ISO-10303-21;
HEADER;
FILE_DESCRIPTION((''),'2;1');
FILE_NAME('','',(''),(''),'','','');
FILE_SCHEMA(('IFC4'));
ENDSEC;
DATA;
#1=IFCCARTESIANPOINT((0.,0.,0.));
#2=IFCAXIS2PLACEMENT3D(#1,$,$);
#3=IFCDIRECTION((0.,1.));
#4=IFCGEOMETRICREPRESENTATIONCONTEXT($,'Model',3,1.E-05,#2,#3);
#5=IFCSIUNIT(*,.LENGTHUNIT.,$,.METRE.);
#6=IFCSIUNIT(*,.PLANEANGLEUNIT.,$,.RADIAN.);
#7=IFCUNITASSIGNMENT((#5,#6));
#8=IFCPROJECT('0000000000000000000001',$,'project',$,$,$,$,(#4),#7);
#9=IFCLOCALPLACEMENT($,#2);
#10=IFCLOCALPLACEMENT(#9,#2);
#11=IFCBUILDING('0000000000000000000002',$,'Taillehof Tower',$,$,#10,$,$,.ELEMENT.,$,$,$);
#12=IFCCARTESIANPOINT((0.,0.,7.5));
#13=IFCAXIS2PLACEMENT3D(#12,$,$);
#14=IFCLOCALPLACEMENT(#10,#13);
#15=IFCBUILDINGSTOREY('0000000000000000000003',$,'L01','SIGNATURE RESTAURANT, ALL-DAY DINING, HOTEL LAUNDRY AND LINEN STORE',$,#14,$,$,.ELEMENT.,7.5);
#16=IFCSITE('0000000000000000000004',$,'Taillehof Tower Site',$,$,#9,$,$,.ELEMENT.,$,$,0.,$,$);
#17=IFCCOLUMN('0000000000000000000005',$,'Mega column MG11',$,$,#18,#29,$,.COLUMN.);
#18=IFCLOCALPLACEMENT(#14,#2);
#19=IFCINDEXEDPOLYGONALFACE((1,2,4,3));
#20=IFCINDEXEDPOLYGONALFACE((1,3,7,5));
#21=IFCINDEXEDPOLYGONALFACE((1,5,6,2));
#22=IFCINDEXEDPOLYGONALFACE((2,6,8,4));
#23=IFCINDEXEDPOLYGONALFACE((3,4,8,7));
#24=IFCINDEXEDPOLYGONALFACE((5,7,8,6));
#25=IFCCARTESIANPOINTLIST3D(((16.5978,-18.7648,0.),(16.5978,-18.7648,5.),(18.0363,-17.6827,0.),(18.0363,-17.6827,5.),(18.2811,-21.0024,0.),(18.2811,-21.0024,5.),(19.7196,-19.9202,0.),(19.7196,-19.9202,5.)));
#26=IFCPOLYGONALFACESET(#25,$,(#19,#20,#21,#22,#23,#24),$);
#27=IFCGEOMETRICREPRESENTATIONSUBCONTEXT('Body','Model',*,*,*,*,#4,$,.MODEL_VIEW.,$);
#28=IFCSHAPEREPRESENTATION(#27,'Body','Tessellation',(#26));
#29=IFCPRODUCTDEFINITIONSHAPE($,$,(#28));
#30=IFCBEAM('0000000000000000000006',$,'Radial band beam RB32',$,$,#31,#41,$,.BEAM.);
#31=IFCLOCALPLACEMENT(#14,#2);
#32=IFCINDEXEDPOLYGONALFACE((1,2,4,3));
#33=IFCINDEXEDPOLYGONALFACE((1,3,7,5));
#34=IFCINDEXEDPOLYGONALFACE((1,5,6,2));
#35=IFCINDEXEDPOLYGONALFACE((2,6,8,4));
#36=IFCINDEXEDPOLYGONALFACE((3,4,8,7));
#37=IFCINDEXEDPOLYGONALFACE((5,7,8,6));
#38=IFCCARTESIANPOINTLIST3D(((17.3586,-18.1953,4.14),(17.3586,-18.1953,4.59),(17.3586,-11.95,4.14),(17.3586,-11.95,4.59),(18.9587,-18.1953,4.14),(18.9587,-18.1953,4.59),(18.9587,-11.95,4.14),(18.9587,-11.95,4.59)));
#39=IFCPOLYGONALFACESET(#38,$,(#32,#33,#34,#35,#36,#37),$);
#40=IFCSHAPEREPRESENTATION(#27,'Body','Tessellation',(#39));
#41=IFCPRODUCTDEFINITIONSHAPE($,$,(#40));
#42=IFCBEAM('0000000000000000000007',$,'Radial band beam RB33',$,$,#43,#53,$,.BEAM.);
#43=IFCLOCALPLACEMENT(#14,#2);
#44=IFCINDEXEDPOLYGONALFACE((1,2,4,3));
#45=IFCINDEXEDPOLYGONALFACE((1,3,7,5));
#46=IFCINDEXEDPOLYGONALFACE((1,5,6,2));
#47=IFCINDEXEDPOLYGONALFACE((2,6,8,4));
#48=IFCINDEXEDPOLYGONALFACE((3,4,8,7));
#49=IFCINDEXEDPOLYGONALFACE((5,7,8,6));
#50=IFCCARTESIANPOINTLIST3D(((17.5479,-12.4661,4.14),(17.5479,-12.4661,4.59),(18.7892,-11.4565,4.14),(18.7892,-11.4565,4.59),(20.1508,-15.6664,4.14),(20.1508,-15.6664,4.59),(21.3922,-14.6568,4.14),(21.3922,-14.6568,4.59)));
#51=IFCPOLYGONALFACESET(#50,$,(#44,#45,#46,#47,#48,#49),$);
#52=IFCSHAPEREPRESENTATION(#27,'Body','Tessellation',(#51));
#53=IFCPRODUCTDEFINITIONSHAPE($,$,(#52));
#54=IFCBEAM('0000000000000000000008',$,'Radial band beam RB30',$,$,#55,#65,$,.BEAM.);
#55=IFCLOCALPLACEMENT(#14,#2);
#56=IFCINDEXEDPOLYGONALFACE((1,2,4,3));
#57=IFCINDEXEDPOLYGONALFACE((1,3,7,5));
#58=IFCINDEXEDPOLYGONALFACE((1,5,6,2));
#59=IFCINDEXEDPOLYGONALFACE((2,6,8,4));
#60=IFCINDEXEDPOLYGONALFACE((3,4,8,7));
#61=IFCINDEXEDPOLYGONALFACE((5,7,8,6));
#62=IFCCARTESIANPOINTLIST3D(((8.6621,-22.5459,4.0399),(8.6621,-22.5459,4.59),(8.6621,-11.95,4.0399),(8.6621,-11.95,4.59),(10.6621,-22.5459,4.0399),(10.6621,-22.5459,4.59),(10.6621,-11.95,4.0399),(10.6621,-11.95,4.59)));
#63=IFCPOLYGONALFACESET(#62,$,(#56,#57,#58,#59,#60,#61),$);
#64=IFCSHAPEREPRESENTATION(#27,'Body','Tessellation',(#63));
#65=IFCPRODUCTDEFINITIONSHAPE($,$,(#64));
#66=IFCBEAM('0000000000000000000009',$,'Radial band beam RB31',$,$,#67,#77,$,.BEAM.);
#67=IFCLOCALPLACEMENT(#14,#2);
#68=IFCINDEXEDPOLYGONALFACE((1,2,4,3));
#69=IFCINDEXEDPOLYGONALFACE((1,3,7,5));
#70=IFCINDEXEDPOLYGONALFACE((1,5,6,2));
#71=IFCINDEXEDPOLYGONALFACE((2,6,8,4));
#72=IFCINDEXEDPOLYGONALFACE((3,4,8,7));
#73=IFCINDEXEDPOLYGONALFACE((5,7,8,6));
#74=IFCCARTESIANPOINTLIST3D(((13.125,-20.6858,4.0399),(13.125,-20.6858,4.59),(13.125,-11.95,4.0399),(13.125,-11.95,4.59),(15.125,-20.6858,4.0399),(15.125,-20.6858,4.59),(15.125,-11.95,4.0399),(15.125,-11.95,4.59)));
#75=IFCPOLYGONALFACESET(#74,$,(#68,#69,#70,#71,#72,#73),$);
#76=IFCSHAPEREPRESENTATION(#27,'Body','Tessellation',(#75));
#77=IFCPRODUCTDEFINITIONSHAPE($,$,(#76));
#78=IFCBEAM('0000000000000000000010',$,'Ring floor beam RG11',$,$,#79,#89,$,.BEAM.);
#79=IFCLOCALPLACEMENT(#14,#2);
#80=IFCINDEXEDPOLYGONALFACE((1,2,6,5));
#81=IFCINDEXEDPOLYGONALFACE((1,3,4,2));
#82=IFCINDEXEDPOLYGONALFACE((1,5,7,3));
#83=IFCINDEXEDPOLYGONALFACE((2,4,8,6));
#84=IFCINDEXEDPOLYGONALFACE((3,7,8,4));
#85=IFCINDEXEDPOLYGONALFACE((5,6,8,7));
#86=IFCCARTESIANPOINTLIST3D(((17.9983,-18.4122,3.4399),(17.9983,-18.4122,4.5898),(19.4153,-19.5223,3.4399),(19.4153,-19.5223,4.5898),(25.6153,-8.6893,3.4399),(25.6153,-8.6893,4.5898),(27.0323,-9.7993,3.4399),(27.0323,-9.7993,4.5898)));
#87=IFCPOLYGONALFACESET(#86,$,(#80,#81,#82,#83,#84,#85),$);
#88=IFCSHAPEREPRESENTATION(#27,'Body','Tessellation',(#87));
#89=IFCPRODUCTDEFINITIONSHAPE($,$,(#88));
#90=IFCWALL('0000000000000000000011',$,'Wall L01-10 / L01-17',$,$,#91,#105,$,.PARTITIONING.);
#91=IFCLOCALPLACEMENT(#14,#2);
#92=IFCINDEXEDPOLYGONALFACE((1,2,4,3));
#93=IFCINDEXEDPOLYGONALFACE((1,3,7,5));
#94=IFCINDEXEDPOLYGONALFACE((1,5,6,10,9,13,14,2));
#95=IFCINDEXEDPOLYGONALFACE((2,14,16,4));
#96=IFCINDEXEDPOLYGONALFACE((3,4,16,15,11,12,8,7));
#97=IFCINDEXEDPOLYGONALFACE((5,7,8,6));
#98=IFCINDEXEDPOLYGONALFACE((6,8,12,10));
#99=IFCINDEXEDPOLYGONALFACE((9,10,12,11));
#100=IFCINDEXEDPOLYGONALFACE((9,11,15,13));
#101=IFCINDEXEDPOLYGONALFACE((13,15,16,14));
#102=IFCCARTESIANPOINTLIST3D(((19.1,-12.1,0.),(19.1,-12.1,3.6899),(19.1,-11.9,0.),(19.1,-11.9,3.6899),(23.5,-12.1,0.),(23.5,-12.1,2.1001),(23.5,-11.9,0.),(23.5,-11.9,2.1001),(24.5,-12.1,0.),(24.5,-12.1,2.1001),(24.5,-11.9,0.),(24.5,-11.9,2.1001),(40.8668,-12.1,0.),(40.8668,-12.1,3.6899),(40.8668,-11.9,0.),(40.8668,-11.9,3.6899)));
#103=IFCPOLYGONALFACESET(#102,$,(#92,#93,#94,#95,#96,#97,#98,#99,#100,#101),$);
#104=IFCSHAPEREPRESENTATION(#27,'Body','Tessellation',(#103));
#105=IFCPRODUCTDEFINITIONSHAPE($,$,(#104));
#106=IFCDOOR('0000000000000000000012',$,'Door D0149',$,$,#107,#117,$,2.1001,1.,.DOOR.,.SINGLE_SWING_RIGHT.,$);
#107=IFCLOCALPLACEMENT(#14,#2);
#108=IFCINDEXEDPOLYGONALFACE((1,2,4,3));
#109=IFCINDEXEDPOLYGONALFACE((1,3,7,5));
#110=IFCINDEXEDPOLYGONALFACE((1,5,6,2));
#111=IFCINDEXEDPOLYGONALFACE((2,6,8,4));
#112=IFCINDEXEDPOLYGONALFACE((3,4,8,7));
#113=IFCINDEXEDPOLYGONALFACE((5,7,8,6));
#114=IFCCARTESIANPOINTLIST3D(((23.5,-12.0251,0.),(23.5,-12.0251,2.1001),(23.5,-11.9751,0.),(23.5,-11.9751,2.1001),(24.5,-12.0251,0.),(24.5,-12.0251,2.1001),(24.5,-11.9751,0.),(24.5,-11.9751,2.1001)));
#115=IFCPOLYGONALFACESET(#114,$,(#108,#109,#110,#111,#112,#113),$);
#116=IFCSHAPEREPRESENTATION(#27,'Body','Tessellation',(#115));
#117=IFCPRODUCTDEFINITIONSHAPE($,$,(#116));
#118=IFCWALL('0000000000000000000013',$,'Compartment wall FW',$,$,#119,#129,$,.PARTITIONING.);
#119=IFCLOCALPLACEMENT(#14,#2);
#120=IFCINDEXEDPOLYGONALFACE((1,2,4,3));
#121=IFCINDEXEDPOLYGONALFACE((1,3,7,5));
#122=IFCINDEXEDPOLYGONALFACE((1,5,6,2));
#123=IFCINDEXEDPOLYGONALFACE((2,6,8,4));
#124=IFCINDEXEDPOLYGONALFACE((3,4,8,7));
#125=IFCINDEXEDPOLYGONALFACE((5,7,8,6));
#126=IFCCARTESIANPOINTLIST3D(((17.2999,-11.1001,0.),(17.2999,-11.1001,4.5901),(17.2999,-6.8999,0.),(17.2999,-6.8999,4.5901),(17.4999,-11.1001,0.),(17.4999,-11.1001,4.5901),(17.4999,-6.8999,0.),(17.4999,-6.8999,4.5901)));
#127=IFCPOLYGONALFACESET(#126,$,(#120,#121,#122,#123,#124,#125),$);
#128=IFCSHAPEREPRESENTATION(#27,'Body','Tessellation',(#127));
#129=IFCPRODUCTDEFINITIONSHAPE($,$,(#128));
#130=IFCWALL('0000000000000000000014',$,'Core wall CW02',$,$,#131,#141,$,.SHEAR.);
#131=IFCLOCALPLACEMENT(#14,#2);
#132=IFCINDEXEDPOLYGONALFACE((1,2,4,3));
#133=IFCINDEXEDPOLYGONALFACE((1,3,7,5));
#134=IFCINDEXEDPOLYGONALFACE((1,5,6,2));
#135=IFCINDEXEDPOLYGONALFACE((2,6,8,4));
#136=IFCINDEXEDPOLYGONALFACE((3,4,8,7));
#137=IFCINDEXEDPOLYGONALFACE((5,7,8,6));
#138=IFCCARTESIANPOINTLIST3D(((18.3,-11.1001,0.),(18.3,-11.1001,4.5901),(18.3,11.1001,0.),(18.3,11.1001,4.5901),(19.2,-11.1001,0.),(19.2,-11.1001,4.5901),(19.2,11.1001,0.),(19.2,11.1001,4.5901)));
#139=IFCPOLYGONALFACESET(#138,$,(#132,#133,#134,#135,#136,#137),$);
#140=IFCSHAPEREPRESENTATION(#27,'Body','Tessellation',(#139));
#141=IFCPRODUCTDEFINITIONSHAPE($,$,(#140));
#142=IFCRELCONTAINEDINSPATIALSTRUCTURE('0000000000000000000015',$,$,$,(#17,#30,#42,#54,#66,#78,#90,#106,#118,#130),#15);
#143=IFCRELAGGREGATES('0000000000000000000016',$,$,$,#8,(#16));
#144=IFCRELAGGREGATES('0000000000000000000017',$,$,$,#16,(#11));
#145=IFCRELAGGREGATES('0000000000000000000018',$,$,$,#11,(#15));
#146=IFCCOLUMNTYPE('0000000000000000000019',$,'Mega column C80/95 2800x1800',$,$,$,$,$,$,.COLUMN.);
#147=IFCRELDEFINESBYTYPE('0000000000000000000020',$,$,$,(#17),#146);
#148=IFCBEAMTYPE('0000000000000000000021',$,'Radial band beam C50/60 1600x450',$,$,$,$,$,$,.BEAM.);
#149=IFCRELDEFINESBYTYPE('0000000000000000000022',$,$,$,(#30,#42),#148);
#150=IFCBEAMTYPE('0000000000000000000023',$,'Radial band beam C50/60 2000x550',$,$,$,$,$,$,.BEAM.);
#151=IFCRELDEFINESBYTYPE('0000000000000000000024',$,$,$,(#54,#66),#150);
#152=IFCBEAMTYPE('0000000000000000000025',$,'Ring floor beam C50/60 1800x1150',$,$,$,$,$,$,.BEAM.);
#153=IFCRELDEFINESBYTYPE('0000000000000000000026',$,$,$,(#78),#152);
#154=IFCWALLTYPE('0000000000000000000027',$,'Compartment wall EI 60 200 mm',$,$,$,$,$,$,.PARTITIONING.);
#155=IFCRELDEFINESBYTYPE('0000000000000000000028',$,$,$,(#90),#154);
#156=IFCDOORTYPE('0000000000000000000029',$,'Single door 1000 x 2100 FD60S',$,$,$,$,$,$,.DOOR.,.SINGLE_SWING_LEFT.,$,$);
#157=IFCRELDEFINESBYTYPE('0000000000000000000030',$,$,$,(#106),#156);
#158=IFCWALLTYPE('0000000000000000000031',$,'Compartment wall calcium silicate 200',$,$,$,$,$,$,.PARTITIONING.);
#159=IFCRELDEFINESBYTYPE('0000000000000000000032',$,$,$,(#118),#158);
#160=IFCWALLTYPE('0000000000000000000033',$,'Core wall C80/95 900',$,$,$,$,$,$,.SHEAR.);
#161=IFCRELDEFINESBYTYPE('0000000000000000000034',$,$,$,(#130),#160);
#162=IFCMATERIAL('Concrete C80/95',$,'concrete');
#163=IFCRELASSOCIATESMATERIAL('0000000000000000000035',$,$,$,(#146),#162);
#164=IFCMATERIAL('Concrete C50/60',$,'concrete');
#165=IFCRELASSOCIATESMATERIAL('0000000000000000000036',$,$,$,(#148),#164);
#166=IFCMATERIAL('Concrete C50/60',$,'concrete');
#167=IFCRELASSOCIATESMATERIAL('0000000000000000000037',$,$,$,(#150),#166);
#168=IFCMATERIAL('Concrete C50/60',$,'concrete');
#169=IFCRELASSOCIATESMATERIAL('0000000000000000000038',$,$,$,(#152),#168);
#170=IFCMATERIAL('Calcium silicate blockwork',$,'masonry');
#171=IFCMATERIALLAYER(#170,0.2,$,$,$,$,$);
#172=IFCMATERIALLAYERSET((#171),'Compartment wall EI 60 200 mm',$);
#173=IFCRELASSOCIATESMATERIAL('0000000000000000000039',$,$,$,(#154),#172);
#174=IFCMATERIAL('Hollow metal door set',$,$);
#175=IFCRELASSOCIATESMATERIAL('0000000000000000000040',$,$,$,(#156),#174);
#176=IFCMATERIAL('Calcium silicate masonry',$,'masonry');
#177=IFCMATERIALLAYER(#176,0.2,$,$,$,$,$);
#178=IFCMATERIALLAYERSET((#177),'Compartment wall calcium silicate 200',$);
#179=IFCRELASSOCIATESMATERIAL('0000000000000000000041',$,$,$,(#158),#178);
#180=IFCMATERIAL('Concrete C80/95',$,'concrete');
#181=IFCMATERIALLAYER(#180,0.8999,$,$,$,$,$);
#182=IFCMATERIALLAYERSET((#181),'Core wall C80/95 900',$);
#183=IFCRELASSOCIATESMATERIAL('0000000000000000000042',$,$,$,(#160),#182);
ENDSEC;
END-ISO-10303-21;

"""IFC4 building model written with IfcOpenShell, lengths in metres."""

from ifc_helpers import new_model, si_unit, direction, frame, frame_2d, origin, origin_2d, place, context, subcontext, project, spatial, rectangle, extrude, material, layer, layer_set, material_profile, profile_set, type_object, element, fill, save


model = new_model("IFC4")

# Units and contexts
model_context = context("Model", 3, precision=1e-05, world=origin(), true_north=direction((0.0, 1.0)))
body_context = subcontext(model_context, "Body", "Model", "MODEL_VIEW")
ifc_project = project(units=[si_unit("LENGTHUNIT", "METRE"), si_unit("PLANEANGLEUNIT", "RADIAN")], contexts=[model_context])

# Site, building, storey
site_placement = place(None, origin())
site = spatial("IfcSite", under=ifc_project, at=site_placement, Name="Taillehof Tower Site", CompositionType="ELEMENT", RefElevation=0.0)
building_placement = place(site_placement, origin())
building = spatial("IfcBuilding", under=site, at=building_placement, Name="Taillehof Tower", CompositionType="ELEMENT")
storey_placement = place(building_placement, frame((0.0, 0.0, 7.5)))
storey = spatial("IfcBuildingStorey", under=building, at=storey_placement, Name="L01", Description="SIGNATURE RESTAURANT, ALL-DAY DINING, HOTEL LAUNDRY AND LINEN STORE", CompositionType="ELEMENT", Elevation=7.5)

# Column
ifc_material_1 = material(Name="Concrete C80/95", Category="concrete")
ifc_material_profile_1 = material_profile(ifc_material_1, rectangle(XDim=2.8, YDim=1.8, at=origin_2d()), Name="RC 2800x1800")
ifc_profile_set_1 = profile_set([ifc_material_profile_1], Name="Concrete C80/95")
column_type = type_object("IfcColumnType", Name="Mega column C80/95 2800x1800", PredefinedType="COLUMN", material=ifc_profile_set_1)
column_placement = place(storey_placement, frame((18.1587, -19.3425, 0.0), z_axis=(0.0, 0.0, 1.0), x_axis=(0.601174, -0.799118, 0.0)))
element("IfcColumn", 1, at=column_placement, inside=storey, type_object=column_type, Name="Mega column MG11", PredefinedType="COLUMN", context=body_context, shape_type="SweptSolid", body=[
    extrude(rectangle(XDim=2.8, YDim=1.8, at=origin_2d()), origin(), (0.0, 0.0, 1.0), 5.0),
])

# Beams
ifc_material_2 = material(Name="Concrete C50/60", Category="concrete")
ifc_material_profile_2 = material_profile(ifc_material_2, rectangle(XDim=1.6001, YDim=0.45, at=origin_2d()), Name="RC 1600x450")
ifc_profile_set_2 = profile_set([ifc_material_profile_2], Name="Concrete C50/60")
beam_type_1 = type_object("IfcBeamType", Name="Radial band beam C50/60 1600x450", PredefinedType="BEAM", material=ifc_profile_set_2)
beam_1_placement = place(storey_placement, frame((18.1587, -18.1953, 4.365), z_axis=(0.0, 1.0, 0.0), x_axis=(-1.0, 0.0, 0.0)))
element("IfcBeam", 2, at=beam_1_placement, inside=storey, type_object=beam_type_1, Name="Radial band beam RB32", PredefinedType="BEAM", context=body_context, shape_type="SweptSolid", body=[
    extrude(rectangle(XDim=1.6001, YDim=0.45, at=origin_2d()), origin(), (0.0, 0.0, 1.0), 6.2454),
])
beam_2_placement = place(storey_placement, frame((20.7715, -15.1616, 4.365), z_axis=(-0.630982, 0.775797, 0.0), x_axis=(-0.775797, -0.630982, 0.0)))
element("IfcBeam", 3, at=beam_2_placement, inside=storey, type_object=beam_type_1, Name="Radial band beam RB33", PredefinedType="BEAM", context=body_context, shape_type="SweptSolid", body=[
    extrude(rectangle(XDim=1.6001, YDim=0.45, at=origin_2d()), origin(), (0.0, 0.0, 1.0), 4.1252),
])
ifc_material_3 = material(Name="Concrete C50/60", Category="concrete")
ifc_material_profile_3 = material_profile(ifc_material_3, rectangle(XDim=2.0, YDim=0.55, at=origin_2d()), Name="RC 2000x550")
ifc_profile_set_3 = profile_set([ifc_material_profile_3], Name="Concrete C50/60")
beam_type_2 = type_object("IfcBeamType", Name="Radial band beam C50/60 2000x550", PredefinedType="BEAM", material=ifc_profile_set_3)
beam_3_placement = place(storey_placement, frame((9.6621, -22.5459, 4.3149), z_axis=(0.0, 1.0, 0.0), x_axis=(-1.0, 0.0, 0.0)))
element("IfcBeam", 4, at=beam_3_placement, inside=storey, type_object=beam_type_2, Name="Radial band beam RB30", PredefinedType="BEAM", context=body_context, shape_type="SweptSolid", body=[
    extrude(rectangle(XDim=2.0, YDim=0.55, at=origin_2d()), origin(), (0.0, 0.0, 1.0), 10.5959),
])
beam_4_placement = place(storey_placement, frame((14.125, -20.6858, 4.3149), z_axis=(0.0, 1.0, 0.0), x_axis=(-1.0, 0.0, 0.0)))
element("IfcBeam", 5, at=beam_4_placement, inside=storey, type_object=beam_type_2, Name="Radial band beam RB31", PredefinedType="BEAM", context=body_context, shape_type="SweptSolid", body=[
    extrude(rectangle(XDim=2.0, YDim=0.55, at=origin_2d()), origin(), (0.0, 0.0, 1.0), 8.7358),
])
ifc_material_4 = material(Name="Concrete C50/60", Category="concrete")
ifc_material_profile_4 = material_profile(ifc_material_4, rectangle(XDim=1.8, YDim=1.1499, at=origin_2d()), Name="RC 1800x1150")
ifc_profile_set_4 = profile_set([ifc_material_profile_4], Name="Concrete C50/60")
beam_type_3 = type_object("IfcBeamType", Name="Ring floor beam C50/60 1800x1150", PredefinedType="BEAM", material=ifc_profile_set_4)
beam_5_placement = place(storey_placement, frame((18.7068, -18.9673, 4.0149), z_axis=(0.616696, 0.787202, 0.0), x_axis=(-0.787202, 0.616696, 0.0)))
element("IfcBeam", 6, at=beam_5_placement, inside=storey, type_object=beam_type_3, Name="Ring floor beam RG11", PredefinedType="BEAM", context=body_context, shape_type="SweptSolid", body=[
    extrude(rectangle(XDim=1.8, YDim=1.1499, at=origin_2d()), origin(), (0.0, 0.0, 1.0), 12.3513),
])

# Wall, opening, door
ifc_material_5 = material(Name="Calcium silicate blockwork", Category="masonry")
ifc_layer_1 = layer(ifc_material_5, 0.2)
ifc_layer_set_1 = layer_set([ifc_layer_1], Name="Compartment wall EI 60 200 mm")
wall_type_1 = type_object("IfcWallType", Name="Compartment wall EI 60 200 mm", PredefinedType="PARTITIONING", material=ifc_layer_set_1)
wall_1_placement = place(storey_placement, frame((19.1001, -12.0, 0.0), z_axis=(0.0, 0.0, 1.0), x_axis=(1.0, 0.0, 0.0)))
wall_1 = element("IfcWall", 7, at=wall_1_placement, inside=storey, type_object=wall_type_1, Name="Wall L01-10 / L01-17", PredefinedType="PARTITIONING", context=body_context, shape_type="SweptSolid", body=[
    extrude(rectangle(XDim=21.7668, YDim=0.2, at=frame_2d((10.8833, 0.0))), origin(), (0.0, 0.0, 1.0), 3.6899),
])
opening_1_placement = place(wall_1_placement, frame((4.3999, 0.0, 0.0)))
opening_1 = element("IfcOpeningElement", 8, at=opening_1_placement, cuts=wall_1, PredefinedType="OPENING", context=body_context, shape_type="SweptSolid", body=[
    extrude(rectangle(XDim=1.0, YDim=2.1001, at=frame_2d((0.5, 1.05))), frame((0.0, 0.1099, 0.0), z_axis=(0.0, -1.0, 0.0), x_axis=(1.0, 0.0, 0.0)), (0.0, 0.0, 1.0), 0.22),
])
ifc_material_6 = material(Name="Hollow metal door set")
door_type_1 = type_object("IfcDoorType", Name="Single door 1000 x 2100 FD60S", OperationType="SINGLE_SWING_LEFT", PredefinedType="DOOR", material=ifc_material_6)
door_1_placement = place(opening_1_placement, origin())
door_1 = element("IfcDoor", 9, at=door_1_placement, inside=storey, type_object=door_type_1, Name="Door D0149", OperationType="SINGLE_SWING_RIGHT", OverallHeight=2.1001, OverallWidth=1.0, PredefinedType="DOOR", context=body_context, shape_type="SweptSolid", body=[
    extrude(rectangle(XDim=1.0, YDim=2.1001, at=frame_2d((0.5, 1.05))), frame((0.0, 0.0249, 0.0), z_axis=(0.0, -1.0, 0.0), x_axis=(1.0, 0.0, 0.0)), (0.0, 0.0, 1.0), 0.05),
])
fill(opening_1, door_1)

# Walls
ifc_material_7 = material(Name="Calcium silicate masonry", Category="masonry")
ifc_layer_2 = layer(ifc_material_7, 0.2)
ifc_layer_set_2 = layer_set([ifc_layer_2], Name="Compartment wall calcium silicate 200")
wall_type_2 = type_object("IfcWallType", Name="Compartment wall calcium silicate 200", PredefinedType="PARTITIONING", material=ifc_layer_set_2)
wall_2_placement = place(storey_placement, frame((17.3999, -11.1001, 0.0), z_axis=(0.0, 0.0, 1.0), x_axis=(0.0, 1.0, 0.0)))
element("IfcWall", 10, at=wall_2_placement, inside=storey, type_object=wall_type_2, Name="Compartment wall FW", PredefinedType="PARTITIONING", context=body_context, shape_type="SweptSolid", body=[
    extrude(rectangle(XDim=4.2002, YDim=0.2, at=frame_2d((2.1001, 0.0))), origin(), (0.0, 0.0, 1.0), 4.5901),
])
ifc_material_8 = material(Name="Concrete C80/95", Category="concrete")
ifc_layer_3 = layer(ifc_material_8, 0.8999)
ifc_layer_set_3 = layer_set([ifc_layer_3], Name="Core wall C80/95 900")
wall_type_3 = type_object("IfcWallType", Name="Core wall C80/95 900", PredefinedType="SHEAR", material=ifc_layer_set_3)
wall_3_placement = place(storey_placement, frame((18.75, -11.1001, 0.0), z_axis=(0.0, 0.0, 1.0), x_axis=(0.0, 1.0, 0.0)))
element("IfcWall", 11, at=wall_3_placement, inside=storey, type_object=wall_type_3, Name="Core wall CW02", PredefinedType="SHEAR", context=body_context, shape_type="SweptSolid", body=[
    extrude(rectangle(XDim=22.2002, YDim=0.8999, at=frame_2d((11.1001, 0.0))), origin(), (0.0, 0.0, 1.0), 4.5901),
])

save(model, "model.ifc")
